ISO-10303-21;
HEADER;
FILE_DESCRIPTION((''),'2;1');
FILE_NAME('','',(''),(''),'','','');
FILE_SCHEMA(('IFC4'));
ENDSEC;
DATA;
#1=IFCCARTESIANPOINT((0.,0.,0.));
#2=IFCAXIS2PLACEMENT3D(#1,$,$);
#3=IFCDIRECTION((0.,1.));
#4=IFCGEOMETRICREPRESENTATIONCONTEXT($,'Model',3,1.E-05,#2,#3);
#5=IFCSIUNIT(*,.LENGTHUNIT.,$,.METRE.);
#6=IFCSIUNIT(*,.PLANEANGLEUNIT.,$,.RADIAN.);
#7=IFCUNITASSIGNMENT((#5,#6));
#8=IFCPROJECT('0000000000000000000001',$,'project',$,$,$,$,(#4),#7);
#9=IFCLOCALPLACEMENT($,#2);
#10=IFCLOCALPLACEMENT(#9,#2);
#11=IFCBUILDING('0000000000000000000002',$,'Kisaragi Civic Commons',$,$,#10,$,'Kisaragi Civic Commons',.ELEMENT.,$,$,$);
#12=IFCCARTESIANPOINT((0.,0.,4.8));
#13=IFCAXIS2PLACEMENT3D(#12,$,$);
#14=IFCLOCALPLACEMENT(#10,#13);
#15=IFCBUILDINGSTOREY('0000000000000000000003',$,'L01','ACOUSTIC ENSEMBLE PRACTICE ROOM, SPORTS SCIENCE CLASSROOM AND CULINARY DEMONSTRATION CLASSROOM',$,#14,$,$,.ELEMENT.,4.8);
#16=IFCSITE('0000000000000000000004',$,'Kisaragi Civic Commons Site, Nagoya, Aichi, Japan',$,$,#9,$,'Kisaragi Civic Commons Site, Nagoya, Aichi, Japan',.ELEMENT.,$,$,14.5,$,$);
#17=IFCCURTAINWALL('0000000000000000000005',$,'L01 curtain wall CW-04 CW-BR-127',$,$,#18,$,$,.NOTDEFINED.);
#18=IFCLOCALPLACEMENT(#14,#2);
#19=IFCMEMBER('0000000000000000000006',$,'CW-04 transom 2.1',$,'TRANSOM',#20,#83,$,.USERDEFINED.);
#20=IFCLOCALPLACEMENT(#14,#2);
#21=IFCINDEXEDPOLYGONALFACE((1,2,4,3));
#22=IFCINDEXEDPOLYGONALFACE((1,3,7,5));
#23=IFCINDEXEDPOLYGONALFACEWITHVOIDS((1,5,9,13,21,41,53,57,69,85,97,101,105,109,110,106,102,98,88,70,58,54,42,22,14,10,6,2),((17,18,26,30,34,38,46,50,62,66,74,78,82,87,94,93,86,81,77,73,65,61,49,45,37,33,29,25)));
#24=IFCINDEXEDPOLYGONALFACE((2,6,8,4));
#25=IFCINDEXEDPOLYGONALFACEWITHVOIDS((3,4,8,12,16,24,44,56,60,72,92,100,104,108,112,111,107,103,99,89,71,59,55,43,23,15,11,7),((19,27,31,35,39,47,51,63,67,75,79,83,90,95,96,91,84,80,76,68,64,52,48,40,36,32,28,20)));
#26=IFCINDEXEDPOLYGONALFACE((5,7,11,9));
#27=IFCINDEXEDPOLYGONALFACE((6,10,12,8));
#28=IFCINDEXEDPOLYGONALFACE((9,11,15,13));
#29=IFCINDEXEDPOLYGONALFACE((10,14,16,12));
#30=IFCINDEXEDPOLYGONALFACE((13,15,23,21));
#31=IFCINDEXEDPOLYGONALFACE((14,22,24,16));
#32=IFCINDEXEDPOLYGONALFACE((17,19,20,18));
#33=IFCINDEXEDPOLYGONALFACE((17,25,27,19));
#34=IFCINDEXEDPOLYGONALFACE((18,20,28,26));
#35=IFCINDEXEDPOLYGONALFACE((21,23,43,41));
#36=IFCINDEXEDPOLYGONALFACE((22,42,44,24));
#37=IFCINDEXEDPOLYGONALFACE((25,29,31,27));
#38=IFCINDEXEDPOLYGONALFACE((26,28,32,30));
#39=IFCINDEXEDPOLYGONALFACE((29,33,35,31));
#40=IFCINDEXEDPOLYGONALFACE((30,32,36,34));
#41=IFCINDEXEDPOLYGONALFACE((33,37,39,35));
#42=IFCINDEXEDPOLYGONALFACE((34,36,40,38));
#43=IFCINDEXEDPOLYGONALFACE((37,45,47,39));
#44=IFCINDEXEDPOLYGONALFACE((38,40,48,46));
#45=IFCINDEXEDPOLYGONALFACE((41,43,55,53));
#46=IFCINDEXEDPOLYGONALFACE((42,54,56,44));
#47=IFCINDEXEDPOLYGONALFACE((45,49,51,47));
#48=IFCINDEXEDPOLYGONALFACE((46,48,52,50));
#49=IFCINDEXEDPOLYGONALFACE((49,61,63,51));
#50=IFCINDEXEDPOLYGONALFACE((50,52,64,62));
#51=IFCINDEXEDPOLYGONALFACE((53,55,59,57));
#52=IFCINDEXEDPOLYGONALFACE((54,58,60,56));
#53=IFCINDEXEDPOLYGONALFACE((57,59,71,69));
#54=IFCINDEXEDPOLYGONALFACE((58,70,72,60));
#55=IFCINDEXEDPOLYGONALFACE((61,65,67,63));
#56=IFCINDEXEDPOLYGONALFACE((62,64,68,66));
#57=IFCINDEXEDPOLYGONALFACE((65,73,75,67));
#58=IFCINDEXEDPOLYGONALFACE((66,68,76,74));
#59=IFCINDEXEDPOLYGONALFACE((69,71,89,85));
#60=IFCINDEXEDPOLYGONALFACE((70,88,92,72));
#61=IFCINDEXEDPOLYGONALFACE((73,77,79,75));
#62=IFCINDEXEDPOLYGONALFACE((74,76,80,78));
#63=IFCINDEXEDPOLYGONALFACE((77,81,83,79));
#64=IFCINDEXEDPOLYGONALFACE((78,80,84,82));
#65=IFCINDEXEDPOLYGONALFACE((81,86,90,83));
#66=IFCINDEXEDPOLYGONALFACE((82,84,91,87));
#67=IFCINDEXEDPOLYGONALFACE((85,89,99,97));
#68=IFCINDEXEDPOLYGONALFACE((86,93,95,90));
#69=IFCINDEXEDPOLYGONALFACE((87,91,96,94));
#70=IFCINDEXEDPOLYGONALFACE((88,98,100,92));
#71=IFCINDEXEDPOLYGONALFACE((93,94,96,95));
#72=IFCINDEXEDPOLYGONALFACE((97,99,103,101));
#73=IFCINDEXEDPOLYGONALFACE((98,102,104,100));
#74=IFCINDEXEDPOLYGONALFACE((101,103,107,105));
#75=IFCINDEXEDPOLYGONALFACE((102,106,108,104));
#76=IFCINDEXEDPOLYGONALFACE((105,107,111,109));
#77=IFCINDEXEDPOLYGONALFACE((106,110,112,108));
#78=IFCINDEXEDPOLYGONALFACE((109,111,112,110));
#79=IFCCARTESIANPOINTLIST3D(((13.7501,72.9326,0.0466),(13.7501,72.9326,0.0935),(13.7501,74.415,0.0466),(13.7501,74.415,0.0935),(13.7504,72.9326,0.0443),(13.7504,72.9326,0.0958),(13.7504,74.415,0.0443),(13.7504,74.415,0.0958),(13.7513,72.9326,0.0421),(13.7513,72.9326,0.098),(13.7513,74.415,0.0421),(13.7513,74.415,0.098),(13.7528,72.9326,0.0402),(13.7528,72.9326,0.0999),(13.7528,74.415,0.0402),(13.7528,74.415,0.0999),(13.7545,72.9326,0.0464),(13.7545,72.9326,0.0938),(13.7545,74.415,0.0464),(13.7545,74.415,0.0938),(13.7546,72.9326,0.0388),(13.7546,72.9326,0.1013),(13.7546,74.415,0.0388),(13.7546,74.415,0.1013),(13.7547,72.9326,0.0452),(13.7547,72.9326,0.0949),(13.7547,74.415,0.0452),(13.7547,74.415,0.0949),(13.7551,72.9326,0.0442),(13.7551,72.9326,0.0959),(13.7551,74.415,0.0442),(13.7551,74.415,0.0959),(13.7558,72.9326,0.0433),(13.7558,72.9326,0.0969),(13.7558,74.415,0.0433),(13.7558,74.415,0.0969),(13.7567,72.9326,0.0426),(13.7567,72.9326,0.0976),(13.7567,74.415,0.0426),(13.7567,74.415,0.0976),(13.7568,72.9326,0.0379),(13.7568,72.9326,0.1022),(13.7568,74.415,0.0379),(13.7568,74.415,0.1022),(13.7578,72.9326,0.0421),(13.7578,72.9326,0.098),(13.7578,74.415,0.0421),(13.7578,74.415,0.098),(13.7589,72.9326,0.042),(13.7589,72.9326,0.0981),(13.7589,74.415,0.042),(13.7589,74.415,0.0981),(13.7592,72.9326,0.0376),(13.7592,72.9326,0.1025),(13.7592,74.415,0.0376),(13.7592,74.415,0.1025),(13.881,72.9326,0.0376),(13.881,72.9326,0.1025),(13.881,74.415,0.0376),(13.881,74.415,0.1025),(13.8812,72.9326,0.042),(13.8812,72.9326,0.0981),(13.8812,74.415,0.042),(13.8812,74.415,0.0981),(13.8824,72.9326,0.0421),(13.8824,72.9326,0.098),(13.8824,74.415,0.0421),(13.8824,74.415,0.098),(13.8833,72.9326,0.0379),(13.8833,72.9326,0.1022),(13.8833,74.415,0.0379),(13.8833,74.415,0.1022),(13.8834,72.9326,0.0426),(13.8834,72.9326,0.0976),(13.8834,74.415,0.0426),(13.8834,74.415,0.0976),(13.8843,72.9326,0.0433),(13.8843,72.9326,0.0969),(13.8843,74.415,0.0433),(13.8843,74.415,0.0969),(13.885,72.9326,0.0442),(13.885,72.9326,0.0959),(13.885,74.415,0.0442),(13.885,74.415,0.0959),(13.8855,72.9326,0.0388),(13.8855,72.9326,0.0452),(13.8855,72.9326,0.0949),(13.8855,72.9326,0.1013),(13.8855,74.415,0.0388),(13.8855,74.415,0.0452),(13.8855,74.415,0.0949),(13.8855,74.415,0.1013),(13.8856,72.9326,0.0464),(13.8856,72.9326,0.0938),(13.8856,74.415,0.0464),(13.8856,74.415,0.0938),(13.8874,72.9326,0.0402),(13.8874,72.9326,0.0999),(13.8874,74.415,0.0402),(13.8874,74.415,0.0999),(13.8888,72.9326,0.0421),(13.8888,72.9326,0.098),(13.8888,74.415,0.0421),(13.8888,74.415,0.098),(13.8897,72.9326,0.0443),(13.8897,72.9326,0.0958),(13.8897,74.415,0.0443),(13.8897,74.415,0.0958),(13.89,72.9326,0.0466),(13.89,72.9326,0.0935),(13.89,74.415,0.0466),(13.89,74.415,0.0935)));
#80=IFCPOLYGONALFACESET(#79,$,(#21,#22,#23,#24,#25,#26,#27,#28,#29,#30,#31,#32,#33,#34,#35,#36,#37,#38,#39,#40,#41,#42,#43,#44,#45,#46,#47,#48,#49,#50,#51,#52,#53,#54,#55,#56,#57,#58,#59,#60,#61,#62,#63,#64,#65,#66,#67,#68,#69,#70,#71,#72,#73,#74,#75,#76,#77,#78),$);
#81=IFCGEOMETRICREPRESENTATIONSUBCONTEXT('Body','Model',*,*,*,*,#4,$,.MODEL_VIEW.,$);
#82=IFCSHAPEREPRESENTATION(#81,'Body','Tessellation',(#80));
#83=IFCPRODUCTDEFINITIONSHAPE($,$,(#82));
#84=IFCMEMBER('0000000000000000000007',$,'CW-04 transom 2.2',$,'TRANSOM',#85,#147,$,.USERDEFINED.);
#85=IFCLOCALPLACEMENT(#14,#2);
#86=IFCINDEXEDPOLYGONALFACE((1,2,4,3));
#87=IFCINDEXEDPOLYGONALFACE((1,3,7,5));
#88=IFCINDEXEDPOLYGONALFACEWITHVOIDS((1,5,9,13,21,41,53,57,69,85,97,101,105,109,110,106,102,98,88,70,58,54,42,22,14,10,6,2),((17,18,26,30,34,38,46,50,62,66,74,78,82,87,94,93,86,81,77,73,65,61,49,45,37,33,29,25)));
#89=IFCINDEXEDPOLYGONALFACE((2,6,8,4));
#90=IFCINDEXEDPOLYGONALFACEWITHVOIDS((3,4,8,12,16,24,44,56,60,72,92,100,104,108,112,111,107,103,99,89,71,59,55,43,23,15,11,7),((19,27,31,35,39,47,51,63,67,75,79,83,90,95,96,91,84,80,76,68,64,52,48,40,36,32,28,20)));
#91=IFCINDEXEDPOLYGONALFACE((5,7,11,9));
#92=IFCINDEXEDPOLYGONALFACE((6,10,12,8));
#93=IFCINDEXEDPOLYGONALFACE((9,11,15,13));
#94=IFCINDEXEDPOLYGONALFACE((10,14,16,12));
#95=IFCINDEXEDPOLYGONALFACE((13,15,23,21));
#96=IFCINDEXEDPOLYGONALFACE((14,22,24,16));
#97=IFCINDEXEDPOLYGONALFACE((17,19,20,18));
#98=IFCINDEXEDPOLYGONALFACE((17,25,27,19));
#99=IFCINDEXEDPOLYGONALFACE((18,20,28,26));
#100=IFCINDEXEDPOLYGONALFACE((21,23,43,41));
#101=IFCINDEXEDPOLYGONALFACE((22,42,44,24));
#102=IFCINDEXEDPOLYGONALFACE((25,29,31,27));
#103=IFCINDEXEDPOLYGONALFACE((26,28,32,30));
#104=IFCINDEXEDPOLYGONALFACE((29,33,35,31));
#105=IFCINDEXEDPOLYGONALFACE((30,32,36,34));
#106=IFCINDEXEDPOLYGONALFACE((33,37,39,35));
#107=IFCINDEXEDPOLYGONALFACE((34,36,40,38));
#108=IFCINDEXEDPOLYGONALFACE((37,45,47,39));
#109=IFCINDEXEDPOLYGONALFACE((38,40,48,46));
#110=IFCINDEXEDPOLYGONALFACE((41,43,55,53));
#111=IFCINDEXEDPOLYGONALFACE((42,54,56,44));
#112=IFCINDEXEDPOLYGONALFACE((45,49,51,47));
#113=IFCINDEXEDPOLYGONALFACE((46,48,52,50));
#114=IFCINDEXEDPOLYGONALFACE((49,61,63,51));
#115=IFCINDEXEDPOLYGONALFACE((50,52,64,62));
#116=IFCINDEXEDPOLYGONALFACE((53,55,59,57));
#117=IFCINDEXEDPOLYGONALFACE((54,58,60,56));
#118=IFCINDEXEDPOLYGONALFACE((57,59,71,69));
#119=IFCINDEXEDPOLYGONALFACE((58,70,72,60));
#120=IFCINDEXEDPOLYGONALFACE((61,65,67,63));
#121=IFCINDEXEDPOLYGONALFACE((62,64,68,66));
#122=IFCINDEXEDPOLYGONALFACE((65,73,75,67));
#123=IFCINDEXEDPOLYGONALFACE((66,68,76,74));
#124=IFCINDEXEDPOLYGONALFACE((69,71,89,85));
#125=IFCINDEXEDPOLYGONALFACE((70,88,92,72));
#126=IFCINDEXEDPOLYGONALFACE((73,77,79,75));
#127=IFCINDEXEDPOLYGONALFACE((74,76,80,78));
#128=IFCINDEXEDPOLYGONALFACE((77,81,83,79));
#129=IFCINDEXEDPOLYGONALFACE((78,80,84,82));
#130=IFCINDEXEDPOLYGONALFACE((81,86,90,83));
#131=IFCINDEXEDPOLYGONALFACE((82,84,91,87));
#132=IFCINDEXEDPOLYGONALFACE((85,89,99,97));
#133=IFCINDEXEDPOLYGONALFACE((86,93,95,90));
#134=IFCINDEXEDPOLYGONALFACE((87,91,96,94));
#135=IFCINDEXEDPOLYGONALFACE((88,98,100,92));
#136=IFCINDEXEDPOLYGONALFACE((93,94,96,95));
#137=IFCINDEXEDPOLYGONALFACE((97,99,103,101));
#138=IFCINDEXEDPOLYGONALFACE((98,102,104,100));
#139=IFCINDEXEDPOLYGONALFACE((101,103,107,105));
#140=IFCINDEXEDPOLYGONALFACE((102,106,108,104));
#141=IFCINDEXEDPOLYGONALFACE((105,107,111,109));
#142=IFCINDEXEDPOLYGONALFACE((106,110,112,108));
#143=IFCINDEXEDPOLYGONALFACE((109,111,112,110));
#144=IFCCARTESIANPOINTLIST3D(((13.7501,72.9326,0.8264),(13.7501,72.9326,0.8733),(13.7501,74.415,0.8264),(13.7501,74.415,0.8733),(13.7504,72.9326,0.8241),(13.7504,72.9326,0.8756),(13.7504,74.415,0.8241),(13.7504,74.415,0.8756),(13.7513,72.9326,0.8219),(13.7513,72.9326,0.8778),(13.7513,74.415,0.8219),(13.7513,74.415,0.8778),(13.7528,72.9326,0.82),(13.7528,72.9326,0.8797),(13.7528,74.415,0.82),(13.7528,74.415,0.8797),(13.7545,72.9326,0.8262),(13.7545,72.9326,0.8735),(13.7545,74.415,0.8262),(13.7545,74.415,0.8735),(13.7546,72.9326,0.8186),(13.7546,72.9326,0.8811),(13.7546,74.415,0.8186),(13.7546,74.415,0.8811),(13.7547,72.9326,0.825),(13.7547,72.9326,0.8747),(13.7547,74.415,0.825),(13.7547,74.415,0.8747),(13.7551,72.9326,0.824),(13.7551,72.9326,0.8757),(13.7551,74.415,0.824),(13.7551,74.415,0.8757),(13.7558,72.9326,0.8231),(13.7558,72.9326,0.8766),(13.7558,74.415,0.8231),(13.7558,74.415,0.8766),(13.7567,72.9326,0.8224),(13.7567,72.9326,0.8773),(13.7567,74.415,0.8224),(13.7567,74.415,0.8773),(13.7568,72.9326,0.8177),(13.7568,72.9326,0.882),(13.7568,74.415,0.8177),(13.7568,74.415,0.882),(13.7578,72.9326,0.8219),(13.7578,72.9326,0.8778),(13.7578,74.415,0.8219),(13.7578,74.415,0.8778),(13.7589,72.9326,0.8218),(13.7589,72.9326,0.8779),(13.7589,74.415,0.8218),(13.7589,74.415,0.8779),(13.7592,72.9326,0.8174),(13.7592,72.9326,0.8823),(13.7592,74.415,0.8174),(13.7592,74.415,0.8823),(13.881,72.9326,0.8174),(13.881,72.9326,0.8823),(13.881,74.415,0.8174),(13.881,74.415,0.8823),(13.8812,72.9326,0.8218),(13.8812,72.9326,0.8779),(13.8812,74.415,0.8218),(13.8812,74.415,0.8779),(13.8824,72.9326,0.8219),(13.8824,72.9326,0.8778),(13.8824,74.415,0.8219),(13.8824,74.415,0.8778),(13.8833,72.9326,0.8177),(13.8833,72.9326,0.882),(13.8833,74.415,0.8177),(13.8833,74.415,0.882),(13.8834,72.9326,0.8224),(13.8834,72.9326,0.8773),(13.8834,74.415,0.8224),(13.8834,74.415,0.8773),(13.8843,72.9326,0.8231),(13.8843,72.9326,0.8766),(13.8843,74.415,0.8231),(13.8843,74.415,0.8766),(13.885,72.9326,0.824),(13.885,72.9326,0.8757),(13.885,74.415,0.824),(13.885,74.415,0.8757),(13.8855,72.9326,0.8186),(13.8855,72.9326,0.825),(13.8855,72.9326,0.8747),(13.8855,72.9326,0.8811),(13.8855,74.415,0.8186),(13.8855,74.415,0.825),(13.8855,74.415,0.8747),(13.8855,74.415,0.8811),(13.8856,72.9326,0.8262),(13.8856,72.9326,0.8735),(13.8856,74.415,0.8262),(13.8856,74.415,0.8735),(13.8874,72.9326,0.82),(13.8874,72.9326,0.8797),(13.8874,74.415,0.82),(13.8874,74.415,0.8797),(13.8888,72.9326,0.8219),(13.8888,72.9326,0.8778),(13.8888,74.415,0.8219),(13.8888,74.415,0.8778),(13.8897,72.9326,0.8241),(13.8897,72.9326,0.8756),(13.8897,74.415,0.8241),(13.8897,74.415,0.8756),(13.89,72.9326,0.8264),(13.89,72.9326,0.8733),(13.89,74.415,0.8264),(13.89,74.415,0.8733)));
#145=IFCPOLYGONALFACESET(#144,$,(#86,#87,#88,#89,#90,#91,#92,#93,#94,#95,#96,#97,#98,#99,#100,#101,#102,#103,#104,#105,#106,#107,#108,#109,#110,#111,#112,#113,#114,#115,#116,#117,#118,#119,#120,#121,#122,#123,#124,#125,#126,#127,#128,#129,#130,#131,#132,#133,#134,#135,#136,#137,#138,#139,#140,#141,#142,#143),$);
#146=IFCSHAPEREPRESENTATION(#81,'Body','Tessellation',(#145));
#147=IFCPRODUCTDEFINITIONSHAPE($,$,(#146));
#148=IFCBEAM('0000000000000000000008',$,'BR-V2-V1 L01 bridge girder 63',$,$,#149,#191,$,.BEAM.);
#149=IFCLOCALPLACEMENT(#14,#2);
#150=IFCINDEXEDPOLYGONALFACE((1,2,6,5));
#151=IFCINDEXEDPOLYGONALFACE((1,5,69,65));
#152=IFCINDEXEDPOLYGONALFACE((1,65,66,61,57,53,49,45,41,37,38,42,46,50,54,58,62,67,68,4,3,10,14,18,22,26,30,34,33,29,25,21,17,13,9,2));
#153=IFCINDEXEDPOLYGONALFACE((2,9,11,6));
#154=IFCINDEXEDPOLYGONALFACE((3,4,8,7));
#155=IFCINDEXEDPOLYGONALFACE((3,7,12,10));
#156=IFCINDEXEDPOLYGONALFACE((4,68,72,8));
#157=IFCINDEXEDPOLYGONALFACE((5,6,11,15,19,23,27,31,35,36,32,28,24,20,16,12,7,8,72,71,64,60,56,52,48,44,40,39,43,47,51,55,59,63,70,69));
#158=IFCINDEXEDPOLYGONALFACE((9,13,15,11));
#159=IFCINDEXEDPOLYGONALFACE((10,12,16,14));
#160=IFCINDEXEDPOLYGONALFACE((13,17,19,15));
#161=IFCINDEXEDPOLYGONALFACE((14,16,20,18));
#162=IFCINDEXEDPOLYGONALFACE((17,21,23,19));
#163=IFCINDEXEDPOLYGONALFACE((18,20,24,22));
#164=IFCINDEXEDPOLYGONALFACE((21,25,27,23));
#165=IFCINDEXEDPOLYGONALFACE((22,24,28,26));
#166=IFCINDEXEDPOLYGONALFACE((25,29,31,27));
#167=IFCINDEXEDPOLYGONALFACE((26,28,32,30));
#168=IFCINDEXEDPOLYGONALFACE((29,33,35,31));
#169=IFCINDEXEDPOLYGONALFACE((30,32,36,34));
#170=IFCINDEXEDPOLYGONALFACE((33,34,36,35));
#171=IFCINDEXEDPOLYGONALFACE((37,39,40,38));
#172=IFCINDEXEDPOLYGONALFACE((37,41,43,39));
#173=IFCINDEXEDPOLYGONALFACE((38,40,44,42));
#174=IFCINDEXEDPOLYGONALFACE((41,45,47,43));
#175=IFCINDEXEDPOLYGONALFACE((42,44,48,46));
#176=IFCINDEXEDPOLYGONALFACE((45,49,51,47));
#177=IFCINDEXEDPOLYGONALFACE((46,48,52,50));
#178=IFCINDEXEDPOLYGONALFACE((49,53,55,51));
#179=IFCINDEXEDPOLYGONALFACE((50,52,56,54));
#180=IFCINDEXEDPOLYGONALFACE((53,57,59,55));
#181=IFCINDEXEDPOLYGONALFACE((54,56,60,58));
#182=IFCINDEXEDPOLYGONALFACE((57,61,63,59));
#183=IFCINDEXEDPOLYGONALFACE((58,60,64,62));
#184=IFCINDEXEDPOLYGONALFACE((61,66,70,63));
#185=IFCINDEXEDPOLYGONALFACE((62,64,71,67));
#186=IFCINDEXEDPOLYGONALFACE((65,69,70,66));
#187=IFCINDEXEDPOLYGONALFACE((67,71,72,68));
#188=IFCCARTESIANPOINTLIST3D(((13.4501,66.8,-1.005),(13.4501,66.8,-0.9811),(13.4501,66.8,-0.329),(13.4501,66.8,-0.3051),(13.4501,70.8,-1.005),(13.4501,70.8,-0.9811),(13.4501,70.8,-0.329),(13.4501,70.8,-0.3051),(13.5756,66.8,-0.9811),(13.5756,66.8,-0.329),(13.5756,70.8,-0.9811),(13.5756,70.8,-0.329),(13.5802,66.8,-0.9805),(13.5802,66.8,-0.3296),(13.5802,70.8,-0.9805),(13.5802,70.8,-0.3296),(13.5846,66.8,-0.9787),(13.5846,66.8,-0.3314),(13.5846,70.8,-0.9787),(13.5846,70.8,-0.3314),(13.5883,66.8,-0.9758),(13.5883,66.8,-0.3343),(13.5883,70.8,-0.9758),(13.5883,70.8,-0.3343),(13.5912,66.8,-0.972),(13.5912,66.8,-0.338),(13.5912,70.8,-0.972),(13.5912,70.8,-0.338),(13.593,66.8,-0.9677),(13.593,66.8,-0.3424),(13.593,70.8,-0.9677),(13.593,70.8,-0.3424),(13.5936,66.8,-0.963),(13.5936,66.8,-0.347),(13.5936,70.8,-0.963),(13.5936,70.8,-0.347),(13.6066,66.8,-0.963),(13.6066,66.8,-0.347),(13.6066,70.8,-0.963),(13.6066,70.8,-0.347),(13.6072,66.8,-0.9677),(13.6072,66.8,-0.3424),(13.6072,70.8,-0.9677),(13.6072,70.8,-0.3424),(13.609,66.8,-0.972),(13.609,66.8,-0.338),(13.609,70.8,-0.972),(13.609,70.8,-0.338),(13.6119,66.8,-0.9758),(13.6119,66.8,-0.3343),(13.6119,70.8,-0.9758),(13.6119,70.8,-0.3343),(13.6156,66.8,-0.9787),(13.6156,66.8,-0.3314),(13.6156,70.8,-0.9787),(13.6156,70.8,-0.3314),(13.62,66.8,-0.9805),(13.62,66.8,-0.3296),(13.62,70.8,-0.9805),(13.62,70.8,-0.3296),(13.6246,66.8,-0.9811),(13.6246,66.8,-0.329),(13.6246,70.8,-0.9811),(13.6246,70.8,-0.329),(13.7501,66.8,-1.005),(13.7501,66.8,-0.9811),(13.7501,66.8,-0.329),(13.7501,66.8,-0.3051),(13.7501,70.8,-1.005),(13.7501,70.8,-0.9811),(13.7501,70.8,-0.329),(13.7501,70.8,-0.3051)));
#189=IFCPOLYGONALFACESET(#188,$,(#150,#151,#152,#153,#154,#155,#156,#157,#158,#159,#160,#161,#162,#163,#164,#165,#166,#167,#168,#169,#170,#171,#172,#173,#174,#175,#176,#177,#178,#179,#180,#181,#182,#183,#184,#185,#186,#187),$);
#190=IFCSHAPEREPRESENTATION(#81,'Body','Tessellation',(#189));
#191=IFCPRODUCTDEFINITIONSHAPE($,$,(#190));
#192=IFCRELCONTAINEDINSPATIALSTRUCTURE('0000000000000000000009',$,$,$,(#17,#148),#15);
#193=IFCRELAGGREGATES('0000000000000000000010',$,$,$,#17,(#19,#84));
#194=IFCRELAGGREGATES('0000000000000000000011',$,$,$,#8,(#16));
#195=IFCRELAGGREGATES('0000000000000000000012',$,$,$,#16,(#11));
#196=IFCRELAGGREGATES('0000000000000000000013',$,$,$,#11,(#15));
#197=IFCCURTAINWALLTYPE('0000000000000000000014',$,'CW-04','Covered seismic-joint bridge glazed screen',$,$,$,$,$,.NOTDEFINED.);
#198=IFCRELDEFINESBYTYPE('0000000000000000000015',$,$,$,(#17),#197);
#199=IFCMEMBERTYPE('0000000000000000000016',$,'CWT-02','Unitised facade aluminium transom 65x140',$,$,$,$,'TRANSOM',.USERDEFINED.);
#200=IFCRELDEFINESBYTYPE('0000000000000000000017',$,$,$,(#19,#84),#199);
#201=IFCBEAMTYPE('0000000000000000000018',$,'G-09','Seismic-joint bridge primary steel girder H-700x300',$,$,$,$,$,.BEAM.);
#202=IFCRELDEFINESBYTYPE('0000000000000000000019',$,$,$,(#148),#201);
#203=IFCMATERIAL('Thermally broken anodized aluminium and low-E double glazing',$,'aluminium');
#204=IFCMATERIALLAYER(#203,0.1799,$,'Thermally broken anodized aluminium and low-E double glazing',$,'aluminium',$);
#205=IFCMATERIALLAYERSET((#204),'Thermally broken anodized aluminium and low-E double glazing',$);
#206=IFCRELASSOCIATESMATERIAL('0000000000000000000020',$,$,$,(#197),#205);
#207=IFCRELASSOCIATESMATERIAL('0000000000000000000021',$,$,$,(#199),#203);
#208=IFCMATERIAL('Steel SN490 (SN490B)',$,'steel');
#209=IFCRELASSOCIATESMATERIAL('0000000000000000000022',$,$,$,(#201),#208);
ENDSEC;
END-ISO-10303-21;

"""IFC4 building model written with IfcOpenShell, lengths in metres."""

from ifc_helpers import new_model, si_unit, direction, frame, origin, origin_2d, place, context, subcontext, project, spatial, hollow_rectangle, i_section, extrude, material, layer, layer_set, material_profile, profile_set, type_object, element, aggregate, save


model = new_model("IFC4")

# Units and contexts
model_context = context("Model", 3, precision=1e-05, world=origin(), true_north=direction((0.0, 1.0)))
body_context = subcontext(model_context, "Body", "Model", "MODEL_VIEW")
ifc_project = project(units=[si_unit("LENGTHUNIT", "METRE"), si_unit("PLANEANGLEUNIT", "RADIAN")], contexts=[model_context])

# Site, building, storey
site_placement = place(None, origin())
site = spatial("IfcSite", under=ifc_project, at=site_placement, Name="Kisaragi Civic Commons Site, Nagoya, Aichi, Japan", LongName="Kisaragi Civic Commons Site, Nagoya, Aichi, Japan", CompositionType="ELEMENT", RefElevation=14.5)
building_placement = place(site_placement, origin())
building = spatial("IfcBuilding", under=site, at=building_placement, Name="Kisaragi Civic Commons", LongName="Kisaragi Civic Commons", CompositionType="ELEMENT")
storey_placement = place(building_placement, frame((0.0, 0.0, 4.8)))
storey = spatial("IfcBuildingStorey", under=building, at=storey_placement, Name="L01", Description="ACOUSTIC ENSEMBLE PRACTICE ROOM, SPORTS SCIENCE CLASSROOM AND CULINARY DEMONSTRATION CLASSROOM", CompositionType="ELEMENT", Elevation=4.8)

# Shared definitions
ifc_material_1 = material(Name="Thermally broken anodized aluminium and low-E double glazing", Category="aluminium")
ifc_layer_1 = layer(ifc_material_1, 0.1799, Name="Thermally broken anodized aluminium and low-E double glazing", Category="aluminium")
ifc_layer_set_1 = layer_set([ifc_layer_1], Name="Thermally broken anodized aluminium and low-E double glazing")
curtain_wall_type = type_object("IfcCurtainWallType", Name="CW-04", Description="Covered seismic-joint bridge glazed screen", PredefinedType="NOTDEFINED", material=ifc_layer_set_1)

# Curtain wall
curtain_wall_1_placement = place(storey_placement, origin())
curtain_wall_1 = element("IfcCurtainWall", 1, at=curtain_wall_1_placement, inside=storey, type_object=curtain_wall_type, Name="L01 curtain wall CW-04 CW-BR-127", PredefinedType="NOTDEFINED")

# Members
ifc_material_profile_1 = material_profile(ifc_material_1, hollow_rectangle(XDim=0.1399, YDim=0.0649, WallThickness=0.0044, InnerFilletRadius=0.0044, OuterFilletRadius=0.009, at=origin_2d()), Name="CWT-65x140x4.5", Category="aluminium")
ifc_profile_set_1 = profile_set([ifc_material_profile_1], Name="Thermally broken anodized aluminium and low-E double glazing")
member_type_1 = type_object("IfcMemberType", Name="CWT-02", Description="Unitised facade aluminium transom 65x140", ElementType="TRANSOM", PredefinedType="USERDEFINED", material=ifc_profile_set_1)
member_1_placement = place(storey_placement, frame((13.8201, 72.9326, 0.0701), z_axis=(0.0, 1.0, 0.0), x_axis=(-1.0, 0.0, 0.0)))
member_1 = element("IfcMember", 2, at=member_1_placement, type_object=member_type_1, Name="CW-04 transom 2.1", ObjectType="TRANSOM", PredefinedType="USERDEFINED", context=body_context, shape_type="SweptSolid", body=[
    extrude(hollow_rectangle(XDim=0.1399, YDim=0.0649, WallThickness=0.0044, InnerFilletRadius=0.0044, OuterFilletRadius=0.009, at=origin_2d()), origin(), (0.0, 0.0, 1.0), 1.4824),
])
member_2_placement = place(storey_placement, frame((13.8201, 72.9326, 0.8499), z_axis=(0.0, 1.0, 0.0), x_axis=(-1.0, 0.0, 0.0)))
member_2 = element("IfcMember", 3, at=member_2_placement, type_object=member_type_1, Name="CW-04 transom 2.2", ObjectType="TRANSOM", PredefinedType="USERDEFINED", context=body_context, shape_type="SweptSolid", body=[
    extrude(hollow_rectangle(XDim=0.1399, YDim=0.0649, WallThickness=0.0044, InnerFilletRadius=0.0044, OuterFilletRadius=0.009, at=origin_2d()), origin(), (0.0, 0.0, 1.0), 1.4824),
])

# Beam
ifc_material_2 = material(Name="Steel SN490 (SN490B)", Category="steel")
ifc_material_profile_2 = material_profile(ifc_material_2, i_section(OverallWidth=0.3, OverallDepth=0.7, WebThickness=0.0129, FlangeThickness=0.0239, FilletRadius=0.0181, at=origin_2d()), Name="H-700x300x13x24", Category="steel")
ifc_profile_set_2 = profile_set([ifc_material_profile_2], Name="Steel SN490 (SN490B)")
beam_type_1 = type_object("IfcBeamType", Name="G-09", Description="Seismic-joint bridge primary steel girder H-700x300", PredefinedType="BEAM", material=ifc_profile_set_2)
beam_1_placement = place(storey_placement, frame((13.6001, 70.8, -0.655), z_axis=(0.0, -1.0, 0.0), x_axis=(1.0, 0.0, 0.0)))
element("IfcBeam", 4, at=beam_1_placement, inside=storey, type_object=beam_type_1, Name="BR-V2-V1 L01 bridge girder 63", PredefinedType="BEAM", context=body_context, shape_type="SweptSolid", body=[
    extrude(i_section(OverallWidth=0.3, OverallDepth=0.7, WebThickness=0.0129, FlangeThickness=0.0239, FilletRadius=0.0181, at=origin_2d()), origin(), (0.0, 0.0, 1.0), 4.0),
])

aggregate(curtain_wall_1, [member_1, member_2])

save(model, "model.ifc")
